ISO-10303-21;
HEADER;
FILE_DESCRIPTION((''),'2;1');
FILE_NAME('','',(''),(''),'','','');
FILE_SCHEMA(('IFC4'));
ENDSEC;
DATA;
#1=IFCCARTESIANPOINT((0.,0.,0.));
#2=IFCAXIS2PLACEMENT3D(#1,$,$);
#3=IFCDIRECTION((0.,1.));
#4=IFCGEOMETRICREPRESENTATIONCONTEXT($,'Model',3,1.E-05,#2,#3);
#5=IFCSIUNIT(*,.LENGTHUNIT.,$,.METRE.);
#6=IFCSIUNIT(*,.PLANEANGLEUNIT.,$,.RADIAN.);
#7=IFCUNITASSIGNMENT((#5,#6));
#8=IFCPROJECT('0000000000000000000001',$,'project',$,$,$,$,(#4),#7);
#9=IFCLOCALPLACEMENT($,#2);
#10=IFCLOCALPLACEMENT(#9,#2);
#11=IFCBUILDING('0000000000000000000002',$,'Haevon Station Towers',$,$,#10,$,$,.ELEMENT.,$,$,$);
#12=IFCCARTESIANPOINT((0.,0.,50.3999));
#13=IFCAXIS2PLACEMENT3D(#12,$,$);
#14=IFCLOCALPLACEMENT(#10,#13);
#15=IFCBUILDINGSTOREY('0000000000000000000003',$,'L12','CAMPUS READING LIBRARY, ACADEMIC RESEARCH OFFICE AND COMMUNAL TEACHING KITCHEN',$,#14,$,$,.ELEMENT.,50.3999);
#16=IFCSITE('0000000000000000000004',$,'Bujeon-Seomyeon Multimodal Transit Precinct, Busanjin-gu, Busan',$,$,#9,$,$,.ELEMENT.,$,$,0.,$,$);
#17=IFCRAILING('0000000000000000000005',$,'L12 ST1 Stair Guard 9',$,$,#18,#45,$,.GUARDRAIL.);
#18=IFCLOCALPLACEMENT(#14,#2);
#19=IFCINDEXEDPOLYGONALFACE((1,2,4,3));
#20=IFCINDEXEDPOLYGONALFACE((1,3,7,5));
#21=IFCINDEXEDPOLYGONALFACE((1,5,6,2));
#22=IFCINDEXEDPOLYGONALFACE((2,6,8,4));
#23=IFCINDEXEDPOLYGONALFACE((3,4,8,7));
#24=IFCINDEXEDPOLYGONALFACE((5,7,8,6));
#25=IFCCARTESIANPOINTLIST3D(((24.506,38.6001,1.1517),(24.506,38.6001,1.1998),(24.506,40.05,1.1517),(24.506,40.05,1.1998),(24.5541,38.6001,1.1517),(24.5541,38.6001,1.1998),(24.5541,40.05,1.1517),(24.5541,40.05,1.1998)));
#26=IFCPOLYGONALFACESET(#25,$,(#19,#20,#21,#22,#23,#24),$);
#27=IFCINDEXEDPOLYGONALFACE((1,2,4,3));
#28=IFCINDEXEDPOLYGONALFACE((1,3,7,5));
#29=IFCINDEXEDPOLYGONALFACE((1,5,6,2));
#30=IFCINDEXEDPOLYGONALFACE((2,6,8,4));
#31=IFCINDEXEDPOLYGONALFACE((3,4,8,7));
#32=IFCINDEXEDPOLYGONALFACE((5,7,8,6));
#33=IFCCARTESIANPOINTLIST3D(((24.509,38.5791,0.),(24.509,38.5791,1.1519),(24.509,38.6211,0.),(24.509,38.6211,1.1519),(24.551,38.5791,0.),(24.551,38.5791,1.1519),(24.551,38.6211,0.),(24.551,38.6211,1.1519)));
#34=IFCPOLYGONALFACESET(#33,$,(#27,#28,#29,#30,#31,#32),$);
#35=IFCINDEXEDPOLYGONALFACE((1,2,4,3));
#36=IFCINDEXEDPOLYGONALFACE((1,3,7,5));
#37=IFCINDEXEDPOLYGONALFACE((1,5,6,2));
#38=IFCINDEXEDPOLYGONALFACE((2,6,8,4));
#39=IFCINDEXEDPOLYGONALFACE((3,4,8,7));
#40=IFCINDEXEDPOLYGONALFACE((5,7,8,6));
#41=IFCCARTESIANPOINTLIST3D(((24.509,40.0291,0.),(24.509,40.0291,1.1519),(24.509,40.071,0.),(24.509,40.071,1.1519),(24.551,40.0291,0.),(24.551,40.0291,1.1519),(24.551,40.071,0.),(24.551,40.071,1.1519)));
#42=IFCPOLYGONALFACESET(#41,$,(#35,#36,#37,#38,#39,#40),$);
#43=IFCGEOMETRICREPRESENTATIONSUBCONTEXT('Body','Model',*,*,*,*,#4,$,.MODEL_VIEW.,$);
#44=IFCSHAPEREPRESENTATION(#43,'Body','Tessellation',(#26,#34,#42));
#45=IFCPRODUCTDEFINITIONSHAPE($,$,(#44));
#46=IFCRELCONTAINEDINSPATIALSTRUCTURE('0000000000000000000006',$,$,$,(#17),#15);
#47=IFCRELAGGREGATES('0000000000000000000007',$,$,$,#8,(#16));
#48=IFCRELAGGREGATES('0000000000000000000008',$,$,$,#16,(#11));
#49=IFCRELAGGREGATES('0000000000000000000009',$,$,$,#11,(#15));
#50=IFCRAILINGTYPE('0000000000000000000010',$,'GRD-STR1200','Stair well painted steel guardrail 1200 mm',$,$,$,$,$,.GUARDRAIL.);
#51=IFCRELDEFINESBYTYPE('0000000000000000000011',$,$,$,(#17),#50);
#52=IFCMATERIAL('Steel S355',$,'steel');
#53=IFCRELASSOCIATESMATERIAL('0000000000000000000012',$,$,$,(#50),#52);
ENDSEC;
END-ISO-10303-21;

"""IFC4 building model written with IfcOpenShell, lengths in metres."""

from ifc_helpers import new_model, si_unit, direction, frame, origin, origin_2d, place, context, subcontext, project, spatial, rectangle, extrude, material, type_object, element, save


model = new_model("IFC4")

# Units and contexts
model_context = context("Model", 3, precision=1e-05, world=origin(), true_north=direction((0.0, 1.0)))
body_context = subcontext(model_context, "Body", "Model", "MODEL_VIEW")
ifc_project = project(units=[si_unit("LENGTHUNIT", "METRE"), si_unit("PLANEANGLEUNIT", "RADIAN")], contexts=[model_context])

# Site, building, storey
site_placement = place(None, origin())
site = spatial("IfcSite", under=ifc_project, at=site_placement, Name="Bujeon-Seomyeon Multimodal Transit Precinct, Busanjin-gu, Busan", CompositionType="ELEMENT", RefElevation=0.0)
building_placement = place(site_placement, origin())
building = spatial("IfcBuilding", under=site, at=building_placement, Name="Haevon Station Towers", CompositionType="ELEMENT")
storey_placement = place(building_placement, frame((0.0, 0.0, 50.3999)))
storey = spatial("IfcBuildingStorey", under=building, at=storey_placement, Name="L12", Description="CAMPUS READING LIBRARY, ACADEMIC RESEARCH OFFICE AND COMMUNAL TEACHING KITCHEN", CompositionType="ELEMENT", Elevation=50.3999)

# Shared definitions
ifc_material_1 = material(Name="Steel S355", Category="steel")

# Railing
railing_type = type_object("IfcRailingType", Name="GRD-STR1200", Description="Stair well painted steel guardrail 1200 mm", PredefinedType="GUARDRAIL", material=ifc_material_1)
railing_placement = place(storey_placement, frame((24.53, 38.6001, 0.0)))
element("IfcRailing", 1, at=railing_placement, inside=storey, type_object=railing_type, Name="L12 ST1 Stair Guard 9", PredefinedType="GUARDRAIL", context=body_context, shape_type="SweptSolid", body=[
    extrude(rectangle(XDim=0.0481, YDim=0.0481, at=origin_2d()), frame((0.0, 0.0, 1.1758), z_axis=(0.0, 1.0, 0.0), x_axis=(-1.0, 0.0, 0.0)), (0.0, 0.0, 1.0), 1.45),
    extrude(rectangle(XDim=0.042, YDim=0.042, at=origin_2d()), origin(), (0.0, 0.0, 1.0), 1.1519),
    extrude(rectangle(XDim=0.042, YDim=0.042, at=origin_2d()), frame((0.0, 1.45, 0.0)), (0.0, 0.0, 1.0), 1.1519),
])

save(model, "model.ifc")
